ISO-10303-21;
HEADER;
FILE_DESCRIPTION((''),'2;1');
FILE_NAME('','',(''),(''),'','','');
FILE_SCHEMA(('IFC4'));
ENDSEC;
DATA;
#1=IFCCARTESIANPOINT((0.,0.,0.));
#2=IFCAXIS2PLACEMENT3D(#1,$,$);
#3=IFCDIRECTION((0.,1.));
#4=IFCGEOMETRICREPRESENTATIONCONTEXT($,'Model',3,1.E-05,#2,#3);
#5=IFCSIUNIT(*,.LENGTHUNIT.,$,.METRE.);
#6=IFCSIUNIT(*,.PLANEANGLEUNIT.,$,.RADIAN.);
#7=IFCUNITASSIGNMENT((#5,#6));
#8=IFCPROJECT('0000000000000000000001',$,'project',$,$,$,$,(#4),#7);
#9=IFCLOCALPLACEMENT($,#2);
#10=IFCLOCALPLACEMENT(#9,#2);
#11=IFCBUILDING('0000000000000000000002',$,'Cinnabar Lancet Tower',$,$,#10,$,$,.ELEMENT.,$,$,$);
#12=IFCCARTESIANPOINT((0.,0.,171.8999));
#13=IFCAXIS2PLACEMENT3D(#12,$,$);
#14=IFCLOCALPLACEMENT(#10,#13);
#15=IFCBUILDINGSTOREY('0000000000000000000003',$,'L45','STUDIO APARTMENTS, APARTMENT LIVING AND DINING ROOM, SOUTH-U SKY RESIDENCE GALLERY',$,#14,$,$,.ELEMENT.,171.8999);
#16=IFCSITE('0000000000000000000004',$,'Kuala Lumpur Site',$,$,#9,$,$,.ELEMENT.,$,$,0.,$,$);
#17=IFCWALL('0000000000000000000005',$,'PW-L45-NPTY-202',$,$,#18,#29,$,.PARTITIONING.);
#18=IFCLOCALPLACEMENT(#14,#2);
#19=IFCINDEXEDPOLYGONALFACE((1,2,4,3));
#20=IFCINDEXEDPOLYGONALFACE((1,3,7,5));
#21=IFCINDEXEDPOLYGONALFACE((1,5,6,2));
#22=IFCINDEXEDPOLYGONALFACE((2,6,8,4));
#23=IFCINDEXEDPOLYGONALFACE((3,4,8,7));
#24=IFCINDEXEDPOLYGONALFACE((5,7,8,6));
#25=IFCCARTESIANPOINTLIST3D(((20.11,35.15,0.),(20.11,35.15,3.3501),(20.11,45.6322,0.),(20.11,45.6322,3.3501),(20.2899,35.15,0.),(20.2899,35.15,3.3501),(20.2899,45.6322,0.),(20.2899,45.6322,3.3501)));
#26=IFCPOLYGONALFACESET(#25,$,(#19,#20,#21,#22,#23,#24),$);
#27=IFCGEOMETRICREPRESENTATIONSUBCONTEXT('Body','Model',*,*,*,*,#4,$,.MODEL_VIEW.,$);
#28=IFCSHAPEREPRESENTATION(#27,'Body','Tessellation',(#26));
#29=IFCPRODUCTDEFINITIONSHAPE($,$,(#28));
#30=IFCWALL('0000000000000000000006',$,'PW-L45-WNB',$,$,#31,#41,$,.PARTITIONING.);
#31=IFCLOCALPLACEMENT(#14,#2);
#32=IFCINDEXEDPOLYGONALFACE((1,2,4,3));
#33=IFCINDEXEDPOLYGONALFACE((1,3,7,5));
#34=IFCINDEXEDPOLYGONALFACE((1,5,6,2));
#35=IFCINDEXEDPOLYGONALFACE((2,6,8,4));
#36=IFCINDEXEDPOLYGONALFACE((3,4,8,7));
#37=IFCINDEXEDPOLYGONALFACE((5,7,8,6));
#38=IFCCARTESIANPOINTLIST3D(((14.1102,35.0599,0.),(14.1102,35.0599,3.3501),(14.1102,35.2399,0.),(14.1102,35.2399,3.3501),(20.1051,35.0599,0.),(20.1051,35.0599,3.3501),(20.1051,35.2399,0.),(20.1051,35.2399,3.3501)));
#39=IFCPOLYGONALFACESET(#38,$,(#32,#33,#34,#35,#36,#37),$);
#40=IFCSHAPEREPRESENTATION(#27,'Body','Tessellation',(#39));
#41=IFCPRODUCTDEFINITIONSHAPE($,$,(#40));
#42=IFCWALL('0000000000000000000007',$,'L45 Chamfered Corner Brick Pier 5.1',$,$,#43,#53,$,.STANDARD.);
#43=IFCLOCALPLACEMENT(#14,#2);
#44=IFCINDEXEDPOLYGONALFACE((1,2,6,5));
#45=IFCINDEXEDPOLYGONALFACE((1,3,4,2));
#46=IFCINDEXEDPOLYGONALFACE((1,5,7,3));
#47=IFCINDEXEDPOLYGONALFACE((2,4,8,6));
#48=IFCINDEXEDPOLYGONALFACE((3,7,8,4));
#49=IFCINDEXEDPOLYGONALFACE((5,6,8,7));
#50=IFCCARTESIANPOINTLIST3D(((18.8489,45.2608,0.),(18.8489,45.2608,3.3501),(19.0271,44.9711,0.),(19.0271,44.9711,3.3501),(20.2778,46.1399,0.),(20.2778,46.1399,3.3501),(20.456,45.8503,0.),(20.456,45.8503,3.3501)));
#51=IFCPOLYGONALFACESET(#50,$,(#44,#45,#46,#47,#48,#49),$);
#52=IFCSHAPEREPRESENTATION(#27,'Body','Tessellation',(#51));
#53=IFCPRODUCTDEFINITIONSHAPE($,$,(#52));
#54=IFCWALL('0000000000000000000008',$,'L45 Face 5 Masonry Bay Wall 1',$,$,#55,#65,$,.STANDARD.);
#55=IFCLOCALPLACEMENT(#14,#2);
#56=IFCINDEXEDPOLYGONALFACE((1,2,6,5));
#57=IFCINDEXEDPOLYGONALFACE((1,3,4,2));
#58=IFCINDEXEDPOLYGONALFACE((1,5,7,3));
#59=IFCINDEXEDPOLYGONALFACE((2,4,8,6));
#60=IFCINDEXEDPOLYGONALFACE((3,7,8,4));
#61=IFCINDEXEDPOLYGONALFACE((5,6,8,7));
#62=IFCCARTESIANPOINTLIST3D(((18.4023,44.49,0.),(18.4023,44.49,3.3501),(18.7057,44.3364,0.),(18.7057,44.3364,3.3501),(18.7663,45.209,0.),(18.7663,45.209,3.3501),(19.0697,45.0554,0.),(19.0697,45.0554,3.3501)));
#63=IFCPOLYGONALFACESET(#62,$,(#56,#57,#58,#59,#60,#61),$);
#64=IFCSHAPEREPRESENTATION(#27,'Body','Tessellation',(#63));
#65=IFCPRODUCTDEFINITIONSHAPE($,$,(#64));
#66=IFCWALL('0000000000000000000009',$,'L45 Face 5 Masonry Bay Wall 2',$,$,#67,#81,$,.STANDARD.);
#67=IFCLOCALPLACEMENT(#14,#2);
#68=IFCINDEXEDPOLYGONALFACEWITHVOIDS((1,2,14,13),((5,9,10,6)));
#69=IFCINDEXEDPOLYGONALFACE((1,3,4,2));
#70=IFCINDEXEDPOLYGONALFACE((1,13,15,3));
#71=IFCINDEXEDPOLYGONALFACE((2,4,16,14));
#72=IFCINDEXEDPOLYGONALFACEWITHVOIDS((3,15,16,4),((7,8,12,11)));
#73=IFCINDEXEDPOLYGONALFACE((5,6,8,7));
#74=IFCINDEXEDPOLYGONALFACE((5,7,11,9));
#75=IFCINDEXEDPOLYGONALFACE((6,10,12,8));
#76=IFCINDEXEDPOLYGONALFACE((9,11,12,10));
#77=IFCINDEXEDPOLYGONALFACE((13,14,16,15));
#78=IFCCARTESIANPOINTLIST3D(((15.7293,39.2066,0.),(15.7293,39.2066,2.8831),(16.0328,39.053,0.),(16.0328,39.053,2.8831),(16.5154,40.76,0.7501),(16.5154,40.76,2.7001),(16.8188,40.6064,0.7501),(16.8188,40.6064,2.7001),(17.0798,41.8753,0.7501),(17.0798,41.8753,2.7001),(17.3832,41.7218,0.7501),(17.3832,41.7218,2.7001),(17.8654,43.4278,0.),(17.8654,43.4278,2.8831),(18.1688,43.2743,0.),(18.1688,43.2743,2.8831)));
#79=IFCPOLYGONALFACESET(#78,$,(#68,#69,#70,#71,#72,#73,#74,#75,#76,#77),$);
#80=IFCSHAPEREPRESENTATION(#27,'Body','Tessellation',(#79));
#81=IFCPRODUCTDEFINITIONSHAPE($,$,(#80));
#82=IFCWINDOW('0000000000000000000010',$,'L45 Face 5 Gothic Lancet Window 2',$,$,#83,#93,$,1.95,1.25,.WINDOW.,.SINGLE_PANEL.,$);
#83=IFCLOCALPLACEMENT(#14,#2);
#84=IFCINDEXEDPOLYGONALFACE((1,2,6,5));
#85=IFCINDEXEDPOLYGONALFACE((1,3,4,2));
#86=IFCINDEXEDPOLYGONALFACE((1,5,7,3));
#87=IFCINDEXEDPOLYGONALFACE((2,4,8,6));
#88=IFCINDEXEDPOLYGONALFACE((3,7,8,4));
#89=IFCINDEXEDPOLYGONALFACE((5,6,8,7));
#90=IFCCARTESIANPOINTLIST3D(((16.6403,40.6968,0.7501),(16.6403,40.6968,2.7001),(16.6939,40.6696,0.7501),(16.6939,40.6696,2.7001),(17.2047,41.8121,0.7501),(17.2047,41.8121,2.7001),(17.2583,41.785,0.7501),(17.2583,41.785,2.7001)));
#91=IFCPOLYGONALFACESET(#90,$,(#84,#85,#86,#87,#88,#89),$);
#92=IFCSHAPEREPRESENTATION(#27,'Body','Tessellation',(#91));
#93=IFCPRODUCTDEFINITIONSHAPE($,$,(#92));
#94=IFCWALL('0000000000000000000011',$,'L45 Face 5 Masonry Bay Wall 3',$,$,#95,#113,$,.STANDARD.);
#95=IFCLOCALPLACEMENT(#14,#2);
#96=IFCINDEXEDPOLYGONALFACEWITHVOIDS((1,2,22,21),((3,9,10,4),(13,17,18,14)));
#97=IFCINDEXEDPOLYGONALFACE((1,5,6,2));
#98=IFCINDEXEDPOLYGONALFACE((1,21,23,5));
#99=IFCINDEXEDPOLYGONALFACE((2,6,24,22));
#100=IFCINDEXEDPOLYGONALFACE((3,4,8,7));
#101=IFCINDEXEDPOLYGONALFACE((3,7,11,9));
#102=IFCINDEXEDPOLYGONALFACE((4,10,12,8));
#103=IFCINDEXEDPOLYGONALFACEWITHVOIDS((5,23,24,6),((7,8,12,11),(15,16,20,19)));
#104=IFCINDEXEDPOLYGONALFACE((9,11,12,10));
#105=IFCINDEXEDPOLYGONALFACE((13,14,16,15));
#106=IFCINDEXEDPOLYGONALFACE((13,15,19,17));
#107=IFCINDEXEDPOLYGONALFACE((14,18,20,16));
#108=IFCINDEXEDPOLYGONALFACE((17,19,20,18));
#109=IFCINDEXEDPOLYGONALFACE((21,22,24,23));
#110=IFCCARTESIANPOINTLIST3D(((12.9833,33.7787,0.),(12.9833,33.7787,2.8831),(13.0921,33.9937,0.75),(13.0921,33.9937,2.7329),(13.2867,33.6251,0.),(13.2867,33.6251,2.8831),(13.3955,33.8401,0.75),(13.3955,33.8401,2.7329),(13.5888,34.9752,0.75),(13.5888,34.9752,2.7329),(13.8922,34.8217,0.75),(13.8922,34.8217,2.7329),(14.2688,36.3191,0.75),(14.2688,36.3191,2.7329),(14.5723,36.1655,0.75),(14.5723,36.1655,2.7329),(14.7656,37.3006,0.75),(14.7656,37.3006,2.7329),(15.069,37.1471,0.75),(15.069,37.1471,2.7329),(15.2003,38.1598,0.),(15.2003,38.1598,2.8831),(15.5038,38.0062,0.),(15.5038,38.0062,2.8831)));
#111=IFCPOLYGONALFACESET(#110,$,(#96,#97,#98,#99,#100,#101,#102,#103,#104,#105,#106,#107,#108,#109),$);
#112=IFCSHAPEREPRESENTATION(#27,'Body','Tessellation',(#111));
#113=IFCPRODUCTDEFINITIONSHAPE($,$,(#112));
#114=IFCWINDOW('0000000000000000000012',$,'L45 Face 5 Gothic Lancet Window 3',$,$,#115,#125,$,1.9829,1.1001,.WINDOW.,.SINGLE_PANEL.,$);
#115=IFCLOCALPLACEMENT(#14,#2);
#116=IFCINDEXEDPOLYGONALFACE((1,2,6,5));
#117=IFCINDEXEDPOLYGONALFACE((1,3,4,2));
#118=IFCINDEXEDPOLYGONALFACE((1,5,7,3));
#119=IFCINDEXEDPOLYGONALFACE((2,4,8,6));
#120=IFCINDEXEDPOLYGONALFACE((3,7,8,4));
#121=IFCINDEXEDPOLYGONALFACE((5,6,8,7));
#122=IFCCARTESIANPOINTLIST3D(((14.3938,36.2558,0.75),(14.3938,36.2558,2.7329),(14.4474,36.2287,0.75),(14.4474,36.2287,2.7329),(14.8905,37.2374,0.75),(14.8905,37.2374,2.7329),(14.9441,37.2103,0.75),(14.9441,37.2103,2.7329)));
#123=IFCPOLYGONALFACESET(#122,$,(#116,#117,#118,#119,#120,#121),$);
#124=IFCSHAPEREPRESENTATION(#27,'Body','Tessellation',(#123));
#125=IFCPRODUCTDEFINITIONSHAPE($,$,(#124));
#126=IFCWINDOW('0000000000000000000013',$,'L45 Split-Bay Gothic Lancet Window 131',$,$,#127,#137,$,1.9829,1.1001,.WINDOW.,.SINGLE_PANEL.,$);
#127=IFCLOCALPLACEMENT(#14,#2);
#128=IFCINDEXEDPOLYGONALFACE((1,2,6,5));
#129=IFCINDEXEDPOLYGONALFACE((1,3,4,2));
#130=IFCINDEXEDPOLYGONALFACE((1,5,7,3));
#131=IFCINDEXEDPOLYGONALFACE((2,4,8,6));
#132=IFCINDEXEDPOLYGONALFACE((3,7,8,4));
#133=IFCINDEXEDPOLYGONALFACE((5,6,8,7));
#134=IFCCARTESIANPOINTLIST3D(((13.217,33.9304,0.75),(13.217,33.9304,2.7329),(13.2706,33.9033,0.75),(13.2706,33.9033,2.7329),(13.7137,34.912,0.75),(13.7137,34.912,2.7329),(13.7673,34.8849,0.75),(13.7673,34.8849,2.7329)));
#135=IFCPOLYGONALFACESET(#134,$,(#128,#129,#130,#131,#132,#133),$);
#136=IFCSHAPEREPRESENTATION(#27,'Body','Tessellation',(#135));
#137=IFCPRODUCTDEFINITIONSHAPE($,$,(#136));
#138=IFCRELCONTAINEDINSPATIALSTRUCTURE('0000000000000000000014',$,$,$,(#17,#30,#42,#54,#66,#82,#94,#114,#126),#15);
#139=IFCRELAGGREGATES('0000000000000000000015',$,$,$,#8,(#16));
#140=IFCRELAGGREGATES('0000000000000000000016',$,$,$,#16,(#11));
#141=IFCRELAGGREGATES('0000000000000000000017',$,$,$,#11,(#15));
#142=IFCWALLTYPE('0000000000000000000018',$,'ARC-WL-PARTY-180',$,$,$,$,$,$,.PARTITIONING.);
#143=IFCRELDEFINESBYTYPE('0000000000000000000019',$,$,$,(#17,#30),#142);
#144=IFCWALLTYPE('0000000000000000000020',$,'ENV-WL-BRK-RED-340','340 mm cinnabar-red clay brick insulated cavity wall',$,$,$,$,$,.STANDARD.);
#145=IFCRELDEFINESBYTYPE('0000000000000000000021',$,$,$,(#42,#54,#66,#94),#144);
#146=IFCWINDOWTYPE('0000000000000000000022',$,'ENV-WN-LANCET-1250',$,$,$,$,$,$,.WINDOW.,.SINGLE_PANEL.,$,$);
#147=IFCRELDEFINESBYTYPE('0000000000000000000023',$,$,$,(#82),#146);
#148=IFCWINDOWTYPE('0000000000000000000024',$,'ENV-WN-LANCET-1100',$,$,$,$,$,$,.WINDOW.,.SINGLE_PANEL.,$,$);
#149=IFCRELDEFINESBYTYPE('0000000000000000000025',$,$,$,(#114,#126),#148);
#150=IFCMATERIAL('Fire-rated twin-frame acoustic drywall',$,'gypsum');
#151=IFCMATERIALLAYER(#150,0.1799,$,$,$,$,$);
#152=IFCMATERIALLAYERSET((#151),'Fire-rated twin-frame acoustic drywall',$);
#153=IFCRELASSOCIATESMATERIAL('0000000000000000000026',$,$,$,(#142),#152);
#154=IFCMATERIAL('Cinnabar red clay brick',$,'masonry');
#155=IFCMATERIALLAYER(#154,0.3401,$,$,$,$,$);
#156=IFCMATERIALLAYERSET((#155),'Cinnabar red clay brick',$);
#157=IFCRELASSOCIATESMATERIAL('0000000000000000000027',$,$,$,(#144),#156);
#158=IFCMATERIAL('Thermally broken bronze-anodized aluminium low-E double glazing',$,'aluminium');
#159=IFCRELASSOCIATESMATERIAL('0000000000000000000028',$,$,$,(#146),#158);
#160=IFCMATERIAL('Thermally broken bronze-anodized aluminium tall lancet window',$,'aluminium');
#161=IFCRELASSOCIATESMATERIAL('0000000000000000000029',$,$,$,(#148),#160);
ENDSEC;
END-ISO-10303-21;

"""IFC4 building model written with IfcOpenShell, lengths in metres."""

from ifc_helpers import new_model, si_unit, direction, frame, frame_2d, origin, place, context, subcontext, project, spatial, rectangle, extrude, material, layer, layer_set, type_object, element, fill, save


model = new_model("IFC4")

# Units and contexts
model_context = context("Model", 3, precision=1e-05, world=origin(), true_north=direction((0.0, 1.0)))
body_context = subcontext(model_context, "Body", "Model", "MODEL_VIEW")
ifc_project = project(units=[si_unit("LENGTHUNIT", "METRE"), si_unit("PLANEANGLEUNIT", "RADIAN")], contexts=[model_context])

# Site, building, storey
site_placement = place(None, origin())
site = spatial("IfcSite", under=ifc_project, at=site_placement, Name="Kuala Lumpur Site", CompositionType="ELEMENT", RefElevation=0.0)
building_placement = place(site_placement, origin())
building = spatial("IfcBuilding", under=site, at=building_placement, Name="Cinnabar Lancet Tower", CompositionType="ELEMENT")
storey_placement = place(building_placement, frame((0.0, 0.0, 171.8999)))
storey = spatial("IfcBuildingStorey", under=building, at=storey_placement, Name="L45", Description="STUDIO APARTMENTS, APARTMENT LIVING AND DINING ROOM, SOUTH-U SKY RESIDENCE GALLERY", CompositionType="ELEMENT", Elevation=171.8999)

# Walls
ifc_material_1 = material(Name="Fire-rated twin-frame acoustic drywall", Category="gypsum")
ifc_layer_1 = layer(ifc_material_1, 0.1799)
ifc_layer_set_1 = layer_set([ifc_layer_1], Name="Fire-rated twin-frame acoustic drywall")
wall_type_1 = type_object("IfcWallType", Name="ARC-WL-PARTY-180", PredefinedType="PARTITIONING", material=ifc_layer_set_1)
wall_1_placement = place(storey_placement, frame((20.2, 35.1499, 0.0), z_axis=(0.0, 0.0, 1.0), x_axis=(0.0, 1.0, 0.0)))
element("IfcWall", 1, at=wall_1_placement, inside=storey, type_object=wall_type_1, Name="PW-L45-NPTY-202", PredefinedType="PARTITIONING", context=body_context, shape_type="SweptSolid", body=[
    extrude(rectangle(XDim=10.4822, YDim=0.1799, at=frame_2d((5.2412, 0.0))), origin(), (0.0, 0.0, 1.0), 3.3501),
])
wall_2_placement = place(storey_placement, frame((14.1101, 35.1499, 0.0), z_axis=(0.0, 0.0, 1.0), x_axis=(1.0, 0.0, 0.0)))
element("IfcWall", 2, at=wall_2_placement, inside=storey, type_object=wall_type_1, Name="PW-L45-WNB", PredefinedType="PARTITIONING", context=body_context, shape_type="SweptSolid", body=[
    extrude(rectangle(XDim=5.9949, YDim=0.1799, at=frame_2d((2.9976, 0.0))), origin(), (0.0, 0.0, 1.0), 3.3501),
])
ifc_material_2 = material(Name="Cinnabar red clay brick", Category="masonry")
ifc_layer_2 = layer(ifc_material_2, 0.3401)
ifc_layer_set_2 = layer_set([ifc_layer_2], Name="Cinnabar red clay brick")
wall_type_2 = type_object("IfcWallType", Name="ENV-WL-BRK-RED-340", Description="340 mm cinnabar-red clay brick insulated cavity wall", PredefinedType="STANDARD", material=ifc_layer_set_2)
wall_3_placement = place(storey_placement, frame((20.3669, 45.9951, 0.0), z_axis=(0.0, 0.0, 1.0), x_axis=(-0.851713, -0.524008, 0.0)))
element("IfcWall", 3, at=wall_3_placement, inside=storey, type_object=wall_type_2, Name="L45 Chamfered Corner Brick Pier 5.1", PredefinedType="STANDARD", context=body_context, shape_type="SweptSolid", body=[
    extrude(rectangle(XDim=1.6777, YDim=0.3401, at=frame_2d((0.8389, 0.0))), origin(), (0.0, 0.0, 1.0), 3.3501),
])
wall_4_placement = place(storey_placement, frame((18.918, 45.1321, 0.0), z_axis=(0.0, 0.0, 1.0), x_axis=(-0.451692, -0.892174, 0.0)))
element("IfcWall", 4, at=wall_4_placement, inside=storey, type_object=wall_type_2, Name="L45 Face 5 Masonry Bay Wall 1", PredefinedType="STANDARD", context=body_context, shape_type="SweptSolid", body=[
    extrude(rectangle(XDim=0.8059, YDim=0.3401, at=frame_2d((0.4028, 0.0))), origin(), (0.0, 0.0, 1.0), 3.3501),
])

# Wall, opening, window
wall_5_placement = place(storey_placement, frame((18.0171, 43.3511, 0.0), z_axis=(0.0, 0.0, 1.0), x_axis=(-0.451502, -0.89227, 0.0)))
wall_5 = element("IfcWall", 5, at=wall_5_placement, inside=storey, type_object=wall_type_2, Name="L45 Face 5 Masonry Bay Wall 2", PredefinedType="STANDARD", context=body_context, shape_type="SweptSolid", body=[
    extrude(rectangle(XDim=4.731, YDim=0.3401, at=frame_2d((2.3655, 0.0))), origin(), (0.0, 0.0, 1.0), 2.8831),
])
opening_1_placement = place(wall_5_placement, frame((1.74, 0.0, 0.75)))
opening_1 = element("IfcOpeningElement", 6, at=opening_1_placement, cuts=wall_5, PredefinedType="OPENING", context=body_context, shape_type="SweptSolid", body=[
    extrude(rectangle(XDim=1.25, YDim=1.95, at=frame_2d((0.625, 0.9751))), frame((0.0, 0.1799, 0.0), z_axis=(0.0, -1.0, 0.0), x_axis=(1.0, 0.0, 0.0)), (0.0, 0.0, 1.0), 0.3601),
])
ifc_material_3 = material(Name="Thermally broken bronze-anodized aluminium low-E double glazing", Category="aluminium")
window_type_1 = type_object("IfcWindowType", Name="ENV-WN-LANCET-1250", PartitioningType="SINGLE_PANEL", PredefinedType="WINDOW", material=ifc_material_3)
window_1_placement = place(opening_1_placement, origin())
window_1 = element("IfcWindow", 7, at=window_1_placement, inside=storey, type_object=window_type_1, Name="L45 Face 5 Gothic Lancet Window 2", OverallHeight=1.95, OverallWidth=1.25, PartitioningType="SINGLE_PANEL", PredefinedType="WINDOW", context=body_context, shape_type="SweptSolid", body=[
    extrude(rectangle(XDim=1.25, YDim=1.95, at=frame_2d((0.625, 0.9751))), frame((0.0, 0.03, 0.0), z_axis=(0.0, -1.0, 0.0), x_axis=(1.0, 0.0, 0.0)), (0.0, 0.0, 1.0), 0.0601),
])
fill(opening_1, window_1)

# Wall, openings, windows
wall_6_placement = place(storey_placement, frame((15.3521, 38.083, 0.0), z_axis=(0.0, 0.0, 1.0), x_axis=(-0.451524, -0.892259, 0.0)))
wall_6 = element("IfcWall", 8, at=wall_6_placement, inside=storey, type_object=wall_type_2, Name="L45 Face 5 Masonry Bay Wall 3", PredefinedType="STANDARD", context=body_context, shape_type="SweptSolid", body=[
    extrude(rectangle(XDim=4.9102, YDim=0.3401, at=frame_2d((2.4551, 0.0))), origin(), (0.0, 0.0, 1.0), 2.8831),
])
opening_2_placement = place(wall_6_placement, frame((0.9629, 0.0, 0.75)))
opening_2 = element("IfcOpeningElement", 9, at=opening_2_placement, cuts=wall_6, PredefinedType="OPENING", context=body_context, shape_type="SweptSolid", body=[
    extrude(rectangle(XDim=1.1001, YDim=1.9829, at=frame_2d((0.55, 0.9915))), frame((0.0, 0.1799, 0.0), z_axis=(0.0, -1.0, 0.0), x_axis=(1.0, 0.0, 0.0)), (0.0, 0.0, 1.0), 0.3601),
])
opening_3_placement = place(wall_6_placement, frame((3.5691, 0.0, 0.75)))
opening_3 = element("IfcOpeningElement", 10, at=opening_3_placement, cuts=wall_6, PredefinedType="OPENING", context=body_context, shape_type="SweptSolid", body=[
    extrude(rectangle(XDim=1.1001, YDim=1.9829, at=frame_2d((0.55, 0.9915))), frame((0.0, 0.1799, 0.0), z_axis=(0.0, -1.0, 0.0), x_axis=(1.0, 0.0, 0.0)), (0.0, 0.0, 1.0), 0.3601),
])
ifc_material_4 = material(Name="Thermally broken bronze-anodized aluminium tall lancet window", Category="aluminium")
window_type_2 = type_object("IfcWindowType", Name="ENV-WN-LANCET-1100", PartitioningType="SINGLE_PANEL", PredefinedType="WINDOW", material=ifc_material_4)
window_2_placement = place(opening_2_placement, origin())
window_2 = element("IfcWindow", 11, at=window_2_placement, inside=storey, type_object=window_type_2, Name="L45 Face 5 Gothic Lancet Window 3", OverallHeight=1.9829, OverallWidth=1.1001, PartitioningType="SINGLE_PANEL", PredefinedType="WINDOW", context=body_context, shape_type="SweptSolid", body=[
    extrude(rectangle(XDim=1.1001, YDim=1.9829, at=frame_2d((0.55, 0.9915))), frame((0.0, 0.03, 0.0), z_axis=(0.0, -1.0, 0.0), x_axis=(1.0, 0.0, 0.0)), (0.0, 0.0, 1.0), 0.0601),
])
fill(opening_2, window_2)
window_3_placement = place(opening_3_placement, origin())
window_3 = element("IfcWindow", 12, at=window_3_placement, inside=storey, type_object=window_type_2, Name="L45 Split-Bay Gothic Lancet Window 131", OverallHeight=1.9829, OverallWidth=1.1001, PartitioningType="SINGLE_PANEL", PredefinedType="WINDOW", context=body_context, shape_type="SweptSolid", body=[
    extrude(rectangle(XDim=1.1001, YDim=1.9829, at=frame_2d((0.55, 0.9915))), frame((0.0, 0.03, 0.0), z_axis=(0.0, -1.0, 0.0), x_axis=(1.0, 0.0, 0.0)), (0.0, 0.0, 1.0), 0.0601),
])
fill(opening_3, window_3)

save(model, "model.ifc")
